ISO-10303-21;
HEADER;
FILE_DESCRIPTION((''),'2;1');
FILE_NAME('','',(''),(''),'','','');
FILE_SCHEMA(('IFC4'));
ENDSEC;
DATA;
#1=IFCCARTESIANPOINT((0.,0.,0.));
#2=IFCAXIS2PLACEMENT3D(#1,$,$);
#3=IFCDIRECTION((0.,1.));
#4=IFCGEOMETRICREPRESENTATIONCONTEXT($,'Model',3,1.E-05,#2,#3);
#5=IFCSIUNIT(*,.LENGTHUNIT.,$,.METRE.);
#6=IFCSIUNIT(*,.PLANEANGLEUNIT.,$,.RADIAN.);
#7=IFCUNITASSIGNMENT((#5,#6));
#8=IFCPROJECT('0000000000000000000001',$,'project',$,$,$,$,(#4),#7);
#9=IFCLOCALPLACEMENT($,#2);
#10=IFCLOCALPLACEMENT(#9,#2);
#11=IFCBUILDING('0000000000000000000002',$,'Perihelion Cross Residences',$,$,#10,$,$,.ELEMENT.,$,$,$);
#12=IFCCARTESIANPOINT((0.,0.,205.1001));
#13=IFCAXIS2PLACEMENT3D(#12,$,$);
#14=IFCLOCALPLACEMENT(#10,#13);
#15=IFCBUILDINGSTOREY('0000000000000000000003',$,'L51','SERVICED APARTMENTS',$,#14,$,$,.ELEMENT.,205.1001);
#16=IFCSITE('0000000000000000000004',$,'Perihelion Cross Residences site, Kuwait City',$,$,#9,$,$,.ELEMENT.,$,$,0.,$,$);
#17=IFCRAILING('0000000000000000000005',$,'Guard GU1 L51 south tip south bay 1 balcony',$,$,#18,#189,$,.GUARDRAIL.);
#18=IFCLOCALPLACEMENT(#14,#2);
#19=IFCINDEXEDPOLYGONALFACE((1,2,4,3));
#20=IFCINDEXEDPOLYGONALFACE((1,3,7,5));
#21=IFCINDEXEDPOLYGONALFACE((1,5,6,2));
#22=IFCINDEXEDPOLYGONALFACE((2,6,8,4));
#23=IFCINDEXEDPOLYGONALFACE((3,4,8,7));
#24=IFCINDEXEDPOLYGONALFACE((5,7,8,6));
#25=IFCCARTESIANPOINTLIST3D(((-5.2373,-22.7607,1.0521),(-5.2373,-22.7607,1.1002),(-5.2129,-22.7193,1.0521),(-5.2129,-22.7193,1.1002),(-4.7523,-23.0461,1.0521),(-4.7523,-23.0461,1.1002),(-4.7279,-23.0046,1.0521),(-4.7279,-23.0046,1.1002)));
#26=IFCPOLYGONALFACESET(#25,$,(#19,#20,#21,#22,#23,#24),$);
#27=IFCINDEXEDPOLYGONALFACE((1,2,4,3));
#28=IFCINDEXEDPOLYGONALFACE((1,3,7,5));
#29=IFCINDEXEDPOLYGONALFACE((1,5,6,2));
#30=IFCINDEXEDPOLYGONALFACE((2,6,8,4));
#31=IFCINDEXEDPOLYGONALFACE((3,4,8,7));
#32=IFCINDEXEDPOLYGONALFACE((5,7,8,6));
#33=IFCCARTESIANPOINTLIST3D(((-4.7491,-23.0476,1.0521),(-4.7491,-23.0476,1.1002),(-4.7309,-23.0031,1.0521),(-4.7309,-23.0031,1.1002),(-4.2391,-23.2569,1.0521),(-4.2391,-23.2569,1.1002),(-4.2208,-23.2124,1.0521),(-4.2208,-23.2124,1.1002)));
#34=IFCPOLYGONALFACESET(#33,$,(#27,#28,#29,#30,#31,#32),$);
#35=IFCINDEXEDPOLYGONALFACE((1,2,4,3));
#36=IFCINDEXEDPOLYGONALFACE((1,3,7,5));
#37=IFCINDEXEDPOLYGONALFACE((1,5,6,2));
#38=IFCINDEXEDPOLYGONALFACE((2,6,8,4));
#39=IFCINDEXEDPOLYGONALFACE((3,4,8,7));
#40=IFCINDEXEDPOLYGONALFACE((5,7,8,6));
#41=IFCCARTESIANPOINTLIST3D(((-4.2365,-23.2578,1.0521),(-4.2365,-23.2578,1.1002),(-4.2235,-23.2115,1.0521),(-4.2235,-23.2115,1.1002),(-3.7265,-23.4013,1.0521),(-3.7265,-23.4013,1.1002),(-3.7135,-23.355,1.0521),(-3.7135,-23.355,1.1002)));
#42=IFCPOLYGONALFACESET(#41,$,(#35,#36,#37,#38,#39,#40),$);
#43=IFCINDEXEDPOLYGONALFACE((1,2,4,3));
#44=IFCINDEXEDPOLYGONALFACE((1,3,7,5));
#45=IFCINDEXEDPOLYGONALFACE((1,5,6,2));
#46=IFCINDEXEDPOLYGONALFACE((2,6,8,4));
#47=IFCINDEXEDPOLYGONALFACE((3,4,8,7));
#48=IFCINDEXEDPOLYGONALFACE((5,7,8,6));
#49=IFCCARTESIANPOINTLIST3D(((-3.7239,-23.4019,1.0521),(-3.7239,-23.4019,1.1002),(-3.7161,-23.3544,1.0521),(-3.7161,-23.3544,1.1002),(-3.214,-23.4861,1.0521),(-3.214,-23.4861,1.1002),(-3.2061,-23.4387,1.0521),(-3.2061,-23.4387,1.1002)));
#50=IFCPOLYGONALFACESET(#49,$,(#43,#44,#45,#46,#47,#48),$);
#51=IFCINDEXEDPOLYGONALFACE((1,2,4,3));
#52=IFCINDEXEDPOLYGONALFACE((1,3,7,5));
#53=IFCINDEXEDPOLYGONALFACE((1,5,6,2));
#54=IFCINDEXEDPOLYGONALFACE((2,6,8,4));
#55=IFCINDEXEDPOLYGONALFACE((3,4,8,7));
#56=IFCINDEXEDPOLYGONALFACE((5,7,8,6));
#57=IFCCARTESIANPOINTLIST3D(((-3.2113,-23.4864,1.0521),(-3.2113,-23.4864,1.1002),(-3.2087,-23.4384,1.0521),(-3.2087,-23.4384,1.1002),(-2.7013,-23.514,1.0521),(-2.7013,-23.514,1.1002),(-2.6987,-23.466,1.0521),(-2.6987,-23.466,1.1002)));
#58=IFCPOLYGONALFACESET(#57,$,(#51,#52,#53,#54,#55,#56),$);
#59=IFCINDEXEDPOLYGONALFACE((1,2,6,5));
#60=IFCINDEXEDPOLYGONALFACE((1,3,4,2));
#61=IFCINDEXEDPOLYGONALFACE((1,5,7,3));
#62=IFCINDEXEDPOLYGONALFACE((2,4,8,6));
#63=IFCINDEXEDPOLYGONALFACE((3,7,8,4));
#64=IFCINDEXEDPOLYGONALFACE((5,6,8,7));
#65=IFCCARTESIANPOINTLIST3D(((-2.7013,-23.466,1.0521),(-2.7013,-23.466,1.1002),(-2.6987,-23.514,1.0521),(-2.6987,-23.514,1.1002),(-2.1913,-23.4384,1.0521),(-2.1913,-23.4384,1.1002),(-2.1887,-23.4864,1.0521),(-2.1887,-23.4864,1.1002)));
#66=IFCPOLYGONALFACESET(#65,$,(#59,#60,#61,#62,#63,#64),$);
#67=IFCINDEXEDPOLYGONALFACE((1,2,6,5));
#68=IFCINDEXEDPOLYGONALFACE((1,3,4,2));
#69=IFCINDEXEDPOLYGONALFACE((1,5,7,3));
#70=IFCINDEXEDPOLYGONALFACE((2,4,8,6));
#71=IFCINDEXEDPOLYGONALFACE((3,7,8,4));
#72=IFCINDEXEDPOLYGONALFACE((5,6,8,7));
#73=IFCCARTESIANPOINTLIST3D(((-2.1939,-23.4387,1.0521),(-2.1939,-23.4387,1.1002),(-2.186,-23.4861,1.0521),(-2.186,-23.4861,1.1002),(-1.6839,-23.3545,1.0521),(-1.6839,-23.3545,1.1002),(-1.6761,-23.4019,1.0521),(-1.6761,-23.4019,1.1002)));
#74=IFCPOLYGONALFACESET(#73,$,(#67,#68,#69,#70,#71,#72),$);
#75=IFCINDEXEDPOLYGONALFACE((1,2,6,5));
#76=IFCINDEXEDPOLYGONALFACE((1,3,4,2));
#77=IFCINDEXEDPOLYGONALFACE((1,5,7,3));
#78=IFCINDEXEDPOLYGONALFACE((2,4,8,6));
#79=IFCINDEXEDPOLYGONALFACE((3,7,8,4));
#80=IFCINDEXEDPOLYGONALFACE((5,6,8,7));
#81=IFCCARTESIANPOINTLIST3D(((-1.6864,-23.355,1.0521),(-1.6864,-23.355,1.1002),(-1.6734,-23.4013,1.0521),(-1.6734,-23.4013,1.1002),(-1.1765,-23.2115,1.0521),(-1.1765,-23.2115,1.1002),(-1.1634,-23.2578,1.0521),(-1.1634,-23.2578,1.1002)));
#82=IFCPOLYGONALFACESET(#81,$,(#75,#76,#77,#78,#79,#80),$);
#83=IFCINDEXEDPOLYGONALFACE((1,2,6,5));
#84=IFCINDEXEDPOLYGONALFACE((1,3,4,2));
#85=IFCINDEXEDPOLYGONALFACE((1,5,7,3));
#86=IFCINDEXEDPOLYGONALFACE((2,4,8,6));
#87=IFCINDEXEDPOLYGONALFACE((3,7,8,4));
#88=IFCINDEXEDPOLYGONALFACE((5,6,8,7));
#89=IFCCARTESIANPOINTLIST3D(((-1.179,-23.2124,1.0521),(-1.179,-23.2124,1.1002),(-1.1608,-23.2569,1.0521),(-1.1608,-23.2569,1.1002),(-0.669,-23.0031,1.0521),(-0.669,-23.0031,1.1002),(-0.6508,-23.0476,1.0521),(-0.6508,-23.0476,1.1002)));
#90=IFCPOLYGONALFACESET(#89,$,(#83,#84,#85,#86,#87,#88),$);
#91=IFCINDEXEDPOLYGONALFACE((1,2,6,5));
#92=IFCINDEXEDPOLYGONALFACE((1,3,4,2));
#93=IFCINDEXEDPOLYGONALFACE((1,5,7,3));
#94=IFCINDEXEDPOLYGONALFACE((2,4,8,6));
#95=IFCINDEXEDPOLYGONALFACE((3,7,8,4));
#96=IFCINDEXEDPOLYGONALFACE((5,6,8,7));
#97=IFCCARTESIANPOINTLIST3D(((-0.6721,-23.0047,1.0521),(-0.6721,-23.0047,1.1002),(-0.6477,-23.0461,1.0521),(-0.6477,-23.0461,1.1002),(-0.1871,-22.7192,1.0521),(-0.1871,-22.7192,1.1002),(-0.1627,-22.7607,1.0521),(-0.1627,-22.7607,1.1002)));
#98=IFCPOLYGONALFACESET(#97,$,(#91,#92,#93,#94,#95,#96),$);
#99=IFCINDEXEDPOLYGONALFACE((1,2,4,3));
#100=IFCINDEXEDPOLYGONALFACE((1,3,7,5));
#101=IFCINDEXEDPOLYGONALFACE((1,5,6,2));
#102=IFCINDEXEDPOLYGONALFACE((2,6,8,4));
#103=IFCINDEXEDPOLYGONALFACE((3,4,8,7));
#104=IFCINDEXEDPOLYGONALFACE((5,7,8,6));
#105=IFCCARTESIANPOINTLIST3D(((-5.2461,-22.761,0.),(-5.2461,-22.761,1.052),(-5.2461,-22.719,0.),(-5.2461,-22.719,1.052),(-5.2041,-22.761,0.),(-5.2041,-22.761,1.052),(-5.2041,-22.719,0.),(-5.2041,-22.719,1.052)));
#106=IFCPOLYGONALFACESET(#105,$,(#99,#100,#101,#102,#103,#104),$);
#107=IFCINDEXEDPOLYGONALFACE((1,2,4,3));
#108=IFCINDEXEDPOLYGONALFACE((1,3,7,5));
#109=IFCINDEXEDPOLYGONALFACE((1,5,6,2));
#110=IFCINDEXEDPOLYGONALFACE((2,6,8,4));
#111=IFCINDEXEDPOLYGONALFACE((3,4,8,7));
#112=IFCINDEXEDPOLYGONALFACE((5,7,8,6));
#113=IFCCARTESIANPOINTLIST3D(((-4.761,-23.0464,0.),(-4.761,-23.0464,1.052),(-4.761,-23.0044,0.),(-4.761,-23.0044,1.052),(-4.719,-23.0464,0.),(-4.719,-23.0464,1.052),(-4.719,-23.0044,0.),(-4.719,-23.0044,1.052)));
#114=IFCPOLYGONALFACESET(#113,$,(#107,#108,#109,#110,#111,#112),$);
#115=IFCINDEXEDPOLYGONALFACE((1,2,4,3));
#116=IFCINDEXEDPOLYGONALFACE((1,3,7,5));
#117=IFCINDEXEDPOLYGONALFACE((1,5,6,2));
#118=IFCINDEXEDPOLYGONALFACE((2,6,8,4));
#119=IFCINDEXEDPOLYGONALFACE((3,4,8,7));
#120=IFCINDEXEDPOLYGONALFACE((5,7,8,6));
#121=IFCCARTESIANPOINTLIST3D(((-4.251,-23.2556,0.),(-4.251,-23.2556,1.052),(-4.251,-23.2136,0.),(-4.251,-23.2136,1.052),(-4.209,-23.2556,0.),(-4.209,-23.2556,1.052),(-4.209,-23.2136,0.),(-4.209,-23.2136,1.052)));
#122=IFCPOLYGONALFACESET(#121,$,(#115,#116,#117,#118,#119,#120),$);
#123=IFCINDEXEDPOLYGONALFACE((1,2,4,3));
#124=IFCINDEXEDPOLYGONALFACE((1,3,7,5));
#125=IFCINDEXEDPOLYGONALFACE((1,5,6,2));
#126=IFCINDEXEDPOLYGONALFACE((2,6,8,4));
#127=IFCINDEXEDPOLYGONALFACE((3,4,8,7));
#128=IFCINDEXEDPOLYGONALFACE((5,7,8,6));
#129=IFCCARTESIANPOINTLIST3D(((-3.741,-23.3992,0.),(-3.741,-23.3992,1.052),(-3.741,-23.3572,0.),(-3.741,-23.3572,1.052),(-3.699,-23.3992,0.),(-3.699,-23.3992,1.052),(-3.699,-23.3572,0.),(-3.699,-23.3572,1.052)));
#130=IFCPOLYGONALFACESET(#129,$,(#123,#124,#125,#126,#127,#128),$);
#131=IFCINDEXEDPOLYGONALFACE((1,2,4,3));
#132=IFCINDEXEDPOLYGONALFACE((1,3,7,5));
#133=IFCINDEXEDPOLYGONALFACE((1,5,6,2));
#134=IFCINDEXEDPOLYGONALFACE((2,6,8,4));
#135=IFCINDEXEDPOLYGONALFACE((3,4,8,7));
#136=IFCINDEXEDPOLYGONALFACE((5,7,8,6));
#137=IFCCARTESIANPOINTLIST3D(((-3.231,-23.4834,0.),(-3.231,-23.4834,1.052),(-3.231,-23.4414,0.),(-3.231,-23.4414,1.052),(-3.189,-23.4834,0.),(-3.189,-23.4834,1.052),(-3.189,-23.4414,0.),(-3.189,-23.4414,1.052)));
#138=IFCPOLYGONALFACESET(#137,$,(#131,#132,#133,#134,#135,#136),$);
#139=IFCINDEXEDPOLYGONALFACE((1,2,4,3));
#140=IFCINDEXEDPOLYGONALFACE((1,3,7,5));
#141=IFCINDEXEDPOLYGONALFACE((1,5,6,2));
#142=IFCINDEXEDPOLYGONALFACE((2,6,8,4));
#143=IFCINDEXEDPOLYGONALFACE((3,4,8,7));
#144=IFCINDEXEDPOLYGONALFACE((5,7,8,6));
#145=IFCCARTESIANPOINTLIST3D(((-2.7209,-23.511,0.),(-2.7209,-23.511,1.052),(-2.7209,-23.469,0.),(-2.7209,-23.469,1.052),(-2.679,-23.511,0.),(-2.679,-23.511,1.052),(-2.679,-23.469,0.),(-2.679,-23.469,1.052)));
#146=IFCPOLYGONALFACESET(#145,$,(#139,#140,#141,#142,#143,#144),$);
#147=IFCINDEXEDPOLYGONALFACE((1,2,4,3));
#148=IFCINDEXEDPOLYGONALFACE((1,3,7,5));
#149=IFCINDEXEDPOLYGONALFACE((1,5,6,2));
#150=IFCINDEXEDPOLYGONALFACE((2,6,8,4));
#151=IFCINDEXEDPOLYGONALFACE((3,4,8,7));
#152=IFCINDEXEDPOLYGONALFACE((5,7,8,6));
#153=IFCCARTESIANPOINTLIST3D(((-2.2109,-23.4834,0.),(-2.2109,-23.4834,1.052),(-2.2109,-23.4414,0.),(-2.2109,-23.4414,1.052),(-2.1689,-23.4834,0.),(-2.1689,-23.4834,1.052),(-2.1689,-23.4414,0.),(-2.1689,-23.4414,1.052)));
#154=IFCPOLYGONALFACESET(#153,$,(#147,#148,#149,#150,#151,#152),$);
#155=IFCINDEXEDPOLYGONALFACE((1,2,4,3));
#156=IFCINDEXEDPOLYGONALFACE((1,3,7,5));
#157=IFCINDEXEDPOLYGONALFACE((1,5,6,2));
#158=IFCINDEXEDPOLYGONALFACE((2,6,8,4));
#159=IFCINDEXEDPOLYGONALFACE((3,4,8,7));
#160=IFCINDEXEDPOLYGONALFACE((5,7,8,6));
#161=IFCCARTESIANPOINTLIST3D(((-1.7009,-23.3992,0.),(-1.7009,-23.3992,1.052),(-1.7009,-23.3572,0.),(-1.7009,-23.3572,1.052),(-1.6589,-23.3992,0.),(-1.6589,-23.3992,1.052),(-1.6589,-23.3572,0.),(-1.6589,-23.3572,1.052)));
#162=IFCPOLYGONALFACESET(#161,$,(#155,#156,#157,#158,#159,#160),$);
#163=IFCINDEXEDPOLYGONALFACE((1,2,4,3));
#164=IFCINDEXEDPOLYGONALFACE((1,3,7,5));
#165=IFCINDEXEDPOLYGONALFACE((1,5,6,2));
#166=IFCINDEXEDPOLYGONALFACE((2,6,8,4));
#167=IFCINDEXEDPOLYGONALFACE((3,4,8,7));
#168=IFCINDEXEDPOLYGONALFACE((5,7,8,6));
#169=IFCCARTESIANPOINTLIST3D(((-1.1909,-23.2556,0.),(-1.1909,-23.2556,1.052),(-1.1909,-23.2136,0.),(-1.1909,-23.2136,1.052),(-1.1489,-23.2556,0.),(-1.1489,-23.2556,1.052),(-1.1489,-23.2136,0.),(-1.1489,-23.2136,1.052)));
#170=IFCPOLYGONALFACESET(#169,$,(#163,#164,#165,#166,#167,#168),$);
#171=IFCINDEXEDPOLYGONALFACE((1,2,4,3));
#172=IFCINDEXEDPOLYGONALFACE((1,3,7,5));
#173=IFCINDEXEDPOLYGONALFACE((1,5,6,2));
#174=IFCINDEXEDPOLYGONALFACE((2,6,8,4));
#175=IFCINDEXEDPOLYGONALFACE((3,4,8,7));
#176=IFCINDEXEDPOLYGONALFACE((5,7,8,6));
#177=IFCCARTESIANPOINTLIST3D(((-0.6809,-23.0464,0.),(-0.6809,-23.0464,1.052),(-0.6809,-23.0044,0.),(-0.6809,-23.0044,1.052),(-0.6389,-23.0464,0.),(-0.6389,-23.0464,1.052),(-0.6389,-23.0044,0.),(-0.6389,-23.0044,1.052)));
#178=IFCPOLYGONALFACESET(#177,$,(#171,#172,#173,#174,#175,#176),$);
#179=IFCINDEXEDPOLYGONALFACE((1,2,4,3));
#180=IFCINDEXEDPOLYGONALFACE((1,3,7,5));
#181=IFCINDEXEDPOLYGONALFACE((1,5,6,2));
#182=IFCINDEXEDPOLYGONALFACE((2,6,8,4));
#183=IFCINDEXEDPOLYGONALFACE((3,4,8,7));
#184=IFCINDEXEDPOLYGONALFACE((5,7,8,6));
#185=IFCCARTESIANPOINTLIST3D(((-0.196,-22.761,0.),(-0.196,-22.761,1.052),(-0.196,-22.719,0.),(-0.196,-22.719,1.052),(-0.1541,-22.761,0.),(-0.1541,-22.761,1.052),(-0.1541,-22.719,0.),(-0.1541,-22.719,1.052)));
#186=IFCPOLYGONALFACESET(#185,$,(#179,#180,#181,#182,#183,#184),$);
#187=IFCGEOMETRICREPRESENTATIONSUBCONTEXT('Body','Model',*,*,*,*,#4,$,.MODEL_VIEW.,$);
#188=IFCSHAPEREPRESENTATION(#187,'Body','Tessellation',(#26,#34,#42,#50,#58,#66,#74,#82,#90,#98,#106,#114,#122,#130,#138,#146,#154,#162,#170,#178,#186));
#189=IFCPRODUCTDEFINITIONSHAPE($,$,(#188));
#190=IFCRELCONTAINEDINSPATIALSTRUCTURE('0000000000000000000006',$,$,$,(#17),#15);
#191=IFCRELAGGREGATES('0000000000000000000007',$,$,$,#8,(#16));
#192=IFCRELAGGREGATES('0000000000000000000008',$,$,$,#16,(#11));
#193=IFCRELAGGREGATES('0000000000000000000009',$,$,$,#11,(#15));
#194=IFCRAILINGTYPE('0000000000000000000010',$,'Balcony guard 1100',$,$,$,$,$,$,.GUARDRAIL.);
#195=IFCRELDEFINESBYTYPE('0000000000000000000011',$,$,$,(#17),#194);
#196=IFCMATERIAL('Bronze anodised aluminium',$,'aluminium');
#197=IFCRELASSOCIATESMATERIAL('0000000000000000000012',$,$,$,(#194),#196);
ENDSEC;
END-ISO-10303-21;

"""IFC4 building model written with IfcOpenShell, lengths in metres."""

from ifc_helpers import new_model, si_unit, direction, frame, origin, origin_2d, place, context, subcontext, project, spatial, rectangle, extrude, material, type_object, element, save


model = new_model("IFC4")

# Units and contexts
model_context = context("Model", 3, precision=1e-05, world=origin(), true_north=direction((0.0, 1.0)))
body_context = subcontext(model_context, "Body", "Model", "MODEL_VIEW")
ifc_project = project(units=[si_unit("LENGTHUNIT", "METRE"), si_unit("PLANEANGLEUNIT", "RADIAN")], contexts=[model_context])

# Site, building, storey
site_placement = place(None, origin())
site = spatial("IfcSite", under=ifc_project, at=site_placement, Name="Perihelion Cross Residences site, Kuwait City", CompositionType="ELEMENT", RefElevation=0.0)
building_placement = place(site_placement, origin())
building = spatial("IfcBuilding", under=site, at=building_placement, Name="Perihelion Cross Residences", CompositionType="ELEMENT")
storey_placement = place(building_placement, frame((0.0, 0.0, 205.1001)))
storey = spatial("IfcBuildingStorey", under=building, at=storey_placement, Name="L51", Description="SERVICED APARTMENTS", CompositionType="ELEMENT", Elevation=205.1001)

# Railing
ifc_material_1 = material(Name="Bronze anodised aluminium", Category="aluminium")
railing_type = type_object("IfcRailingType", Name="Balcony guard 1100", PredefinedType="GUARDRAIL", material=ifc_material_1)
railing_placement = place(storey_placement, frame((-5.2251, -22.74, 0.0)))
element("IfcRailing", 1, at=railing_placement, inside=storey, type_object=railing_type, Name="Guard GU1 L51 south tip south bay 1 balcony", PredefinedType="GUARDRAIL", context=body_context, shape_type="SweptSolid", body=[
    extrude(rectangle(XDim=0.0481, YDim=0.0481, at=origin_2d()), frame((0.0, 0.0, 1.0762), z_axis=(0.861901, -0.507077, 0.0), x_axis=(0.507077, 0.861901, 0.0)), (0.0, 0.0, 1.0), 0.5627),
    extrude(rectangle(XDim=0.0481, YDim=0.0481, at=origin_2d()), frame((0.4851, -0.2854, 1.0762), z_axis=(0.925173, -0.379547, 0.0), x_axis=(0.379547, 0.925173, 0.0)), (0.0, 0.0, 1.0), 0.5513),
    extrude(rectangle(XDim=0.0481, YDim=0.0481, at=origin_2d()), frame((0.9951, -0.4946, 1.0762), z_axis=(0.962595, -0.270946, 0.0), x_axis=(0.270946, 0.962595, 0.0)), (0.0, 0.0, 1.0), 0.5298),
    extrude(rectangle(XDim=0.0481, YDim=0.0481, at=origin_2d()), frame((1.5051, -0.6382, 1.0762), z_axis=(0.986635, -0.162944, 0.0), x_axis=(0.162944, 0.986635, 0.0)), (0.0, 0.0, 1.0), 0.5168),
    extrude(rectangle(XDim=0.0481, YDim=0.0481, at=origin_2d()), frame((2.0151, -0.7224, 1.0762), z_axis=(0.99854, -0.054014, 0.0), x_axis=(0.054014, 0.99854, 0.0)), (0.0, 0.0, 1.0), 0.5107),
    extrude(rectangle(XDim=0.0481, YDim=0.0481, at=origin_2d()), frame((2.5251, -0.75, 1.0762), z_axis=(0.99854, 0.054014, 0.0), x_axis=(-0.054014, 0.99854, 0.0)), (0.0, 0.0, 1.0), 0.5107),
    extrude(rectangle(XDim=0.0481, YDim=0.0481, at=origin_2d()), frame((3.0352, -0.7224, 1.0762), z_axis=(0.986635, 0.162944, 0.0), x_axis=(-0.162944, 0.986635, 0.0)), (0.0, 0.0, 1.0), 0.5168),
    extrude(rectangle(XDim=0.0481, YDim=0.0481, at=origin_2d()), frame((3.5452, -0.6382, 1.0762), z_axis=(0.962595, 0.270946, 0.0), x_axis=(-0.270946, 0.962595, 0.0)), (0.0, 0.0, 1.0), 0.5298),
    extrude(rectangle(XDim=0.0481, YDim=0.0481, at=origin_2d()), frame((4.0552, -0.4946, 1.0762), z_axis=(0.925173, 0.379547, 0.0), x_axis=(-0.379547, 0.925173, 0.0)), (0.0, 0.0, 1.0), 0.5513),
    extrude(rectangle(XDim=0.0481, YDim=0.0481, at=origin_2d()), frame((4.5652, -0.2854, 1.0762), z_axis=(0.861789, 0.507267, 0.0), x_axis=(-0.507267, 0.861789, 0.0)), (0.0, 0.0, 1.0), 0.5627),
    extrude(rectangle(XDim=0.042, YDim=0.042, at=origin_2d()), origin(), (0.0, 0.0, 1.0), 1.052),
    extrude(rectangle(XDim=0.042, YDim=0.042, at=origin_2d()), frame((0.4851, -0.2854, 0.0)), (0.0, 0.0, 1.0), 1.052),
    extrude(rectangle(XDim=0.042, YDim=0.042, at=origin_2d()), frame((0.9951, -0.4946, 0.0)), (0.0, 0.0, 1.0), 1.052),
    extrude(rectangle(XDim=0.042, YDim=0.042, at=origin_2d()), frame((1.5051, -0.6382, 0.0)), (0.0, 0.0, 1.0), 1.052),
    extrude(rectangle(XDim=0.042, YDim=0.042, at=origin_2d()), frame((2.0151, -0.7224, 0.0)), (0.0, 0.0, 1.0), 1.052),
    extrude(rectangle(XDim=0.042, YDim=0.042, at=origin_2d()), frame((2.5251, -0.75, 0.0)), (0.0, 0.0, 1.0), 1.052),
    extrude(rectangle(XDim=0.042, YDim=0.042, at=origin_2d()), frame((3.0352, -0.7224, 0.0)), (0.0, 0.0, 1.0), 1.052),
    extrude(rectangle(XDim=0.042, YDim=0.042, at=origin_2d()), frame((3.5452, -0.6382, 0.0)), (0.0, 0.0, 1.0), 1.052),
    extrude(rectangle(XDim=0.042, YDim=0.042, at=origin_2d()), frame((4.0552, -0.4946, 0.0)), (0.0, 0.0, 1.0), 1.052),
    extrude(rectangle(XDim=0.042, YDim=0.042, at=origin_2d()), frame((4.5652, -0.2854, 0.0)), (0.0, 0.0, 1.0), 1.052),
    extrude(rectangle(XDim=0.042, YDim=0.042, at=origin_2d()), frame((5.05, 0.0, 0.0)), (0.0, 0.0, 1.0), 1.052),
])

save(model, "model.ifc")
